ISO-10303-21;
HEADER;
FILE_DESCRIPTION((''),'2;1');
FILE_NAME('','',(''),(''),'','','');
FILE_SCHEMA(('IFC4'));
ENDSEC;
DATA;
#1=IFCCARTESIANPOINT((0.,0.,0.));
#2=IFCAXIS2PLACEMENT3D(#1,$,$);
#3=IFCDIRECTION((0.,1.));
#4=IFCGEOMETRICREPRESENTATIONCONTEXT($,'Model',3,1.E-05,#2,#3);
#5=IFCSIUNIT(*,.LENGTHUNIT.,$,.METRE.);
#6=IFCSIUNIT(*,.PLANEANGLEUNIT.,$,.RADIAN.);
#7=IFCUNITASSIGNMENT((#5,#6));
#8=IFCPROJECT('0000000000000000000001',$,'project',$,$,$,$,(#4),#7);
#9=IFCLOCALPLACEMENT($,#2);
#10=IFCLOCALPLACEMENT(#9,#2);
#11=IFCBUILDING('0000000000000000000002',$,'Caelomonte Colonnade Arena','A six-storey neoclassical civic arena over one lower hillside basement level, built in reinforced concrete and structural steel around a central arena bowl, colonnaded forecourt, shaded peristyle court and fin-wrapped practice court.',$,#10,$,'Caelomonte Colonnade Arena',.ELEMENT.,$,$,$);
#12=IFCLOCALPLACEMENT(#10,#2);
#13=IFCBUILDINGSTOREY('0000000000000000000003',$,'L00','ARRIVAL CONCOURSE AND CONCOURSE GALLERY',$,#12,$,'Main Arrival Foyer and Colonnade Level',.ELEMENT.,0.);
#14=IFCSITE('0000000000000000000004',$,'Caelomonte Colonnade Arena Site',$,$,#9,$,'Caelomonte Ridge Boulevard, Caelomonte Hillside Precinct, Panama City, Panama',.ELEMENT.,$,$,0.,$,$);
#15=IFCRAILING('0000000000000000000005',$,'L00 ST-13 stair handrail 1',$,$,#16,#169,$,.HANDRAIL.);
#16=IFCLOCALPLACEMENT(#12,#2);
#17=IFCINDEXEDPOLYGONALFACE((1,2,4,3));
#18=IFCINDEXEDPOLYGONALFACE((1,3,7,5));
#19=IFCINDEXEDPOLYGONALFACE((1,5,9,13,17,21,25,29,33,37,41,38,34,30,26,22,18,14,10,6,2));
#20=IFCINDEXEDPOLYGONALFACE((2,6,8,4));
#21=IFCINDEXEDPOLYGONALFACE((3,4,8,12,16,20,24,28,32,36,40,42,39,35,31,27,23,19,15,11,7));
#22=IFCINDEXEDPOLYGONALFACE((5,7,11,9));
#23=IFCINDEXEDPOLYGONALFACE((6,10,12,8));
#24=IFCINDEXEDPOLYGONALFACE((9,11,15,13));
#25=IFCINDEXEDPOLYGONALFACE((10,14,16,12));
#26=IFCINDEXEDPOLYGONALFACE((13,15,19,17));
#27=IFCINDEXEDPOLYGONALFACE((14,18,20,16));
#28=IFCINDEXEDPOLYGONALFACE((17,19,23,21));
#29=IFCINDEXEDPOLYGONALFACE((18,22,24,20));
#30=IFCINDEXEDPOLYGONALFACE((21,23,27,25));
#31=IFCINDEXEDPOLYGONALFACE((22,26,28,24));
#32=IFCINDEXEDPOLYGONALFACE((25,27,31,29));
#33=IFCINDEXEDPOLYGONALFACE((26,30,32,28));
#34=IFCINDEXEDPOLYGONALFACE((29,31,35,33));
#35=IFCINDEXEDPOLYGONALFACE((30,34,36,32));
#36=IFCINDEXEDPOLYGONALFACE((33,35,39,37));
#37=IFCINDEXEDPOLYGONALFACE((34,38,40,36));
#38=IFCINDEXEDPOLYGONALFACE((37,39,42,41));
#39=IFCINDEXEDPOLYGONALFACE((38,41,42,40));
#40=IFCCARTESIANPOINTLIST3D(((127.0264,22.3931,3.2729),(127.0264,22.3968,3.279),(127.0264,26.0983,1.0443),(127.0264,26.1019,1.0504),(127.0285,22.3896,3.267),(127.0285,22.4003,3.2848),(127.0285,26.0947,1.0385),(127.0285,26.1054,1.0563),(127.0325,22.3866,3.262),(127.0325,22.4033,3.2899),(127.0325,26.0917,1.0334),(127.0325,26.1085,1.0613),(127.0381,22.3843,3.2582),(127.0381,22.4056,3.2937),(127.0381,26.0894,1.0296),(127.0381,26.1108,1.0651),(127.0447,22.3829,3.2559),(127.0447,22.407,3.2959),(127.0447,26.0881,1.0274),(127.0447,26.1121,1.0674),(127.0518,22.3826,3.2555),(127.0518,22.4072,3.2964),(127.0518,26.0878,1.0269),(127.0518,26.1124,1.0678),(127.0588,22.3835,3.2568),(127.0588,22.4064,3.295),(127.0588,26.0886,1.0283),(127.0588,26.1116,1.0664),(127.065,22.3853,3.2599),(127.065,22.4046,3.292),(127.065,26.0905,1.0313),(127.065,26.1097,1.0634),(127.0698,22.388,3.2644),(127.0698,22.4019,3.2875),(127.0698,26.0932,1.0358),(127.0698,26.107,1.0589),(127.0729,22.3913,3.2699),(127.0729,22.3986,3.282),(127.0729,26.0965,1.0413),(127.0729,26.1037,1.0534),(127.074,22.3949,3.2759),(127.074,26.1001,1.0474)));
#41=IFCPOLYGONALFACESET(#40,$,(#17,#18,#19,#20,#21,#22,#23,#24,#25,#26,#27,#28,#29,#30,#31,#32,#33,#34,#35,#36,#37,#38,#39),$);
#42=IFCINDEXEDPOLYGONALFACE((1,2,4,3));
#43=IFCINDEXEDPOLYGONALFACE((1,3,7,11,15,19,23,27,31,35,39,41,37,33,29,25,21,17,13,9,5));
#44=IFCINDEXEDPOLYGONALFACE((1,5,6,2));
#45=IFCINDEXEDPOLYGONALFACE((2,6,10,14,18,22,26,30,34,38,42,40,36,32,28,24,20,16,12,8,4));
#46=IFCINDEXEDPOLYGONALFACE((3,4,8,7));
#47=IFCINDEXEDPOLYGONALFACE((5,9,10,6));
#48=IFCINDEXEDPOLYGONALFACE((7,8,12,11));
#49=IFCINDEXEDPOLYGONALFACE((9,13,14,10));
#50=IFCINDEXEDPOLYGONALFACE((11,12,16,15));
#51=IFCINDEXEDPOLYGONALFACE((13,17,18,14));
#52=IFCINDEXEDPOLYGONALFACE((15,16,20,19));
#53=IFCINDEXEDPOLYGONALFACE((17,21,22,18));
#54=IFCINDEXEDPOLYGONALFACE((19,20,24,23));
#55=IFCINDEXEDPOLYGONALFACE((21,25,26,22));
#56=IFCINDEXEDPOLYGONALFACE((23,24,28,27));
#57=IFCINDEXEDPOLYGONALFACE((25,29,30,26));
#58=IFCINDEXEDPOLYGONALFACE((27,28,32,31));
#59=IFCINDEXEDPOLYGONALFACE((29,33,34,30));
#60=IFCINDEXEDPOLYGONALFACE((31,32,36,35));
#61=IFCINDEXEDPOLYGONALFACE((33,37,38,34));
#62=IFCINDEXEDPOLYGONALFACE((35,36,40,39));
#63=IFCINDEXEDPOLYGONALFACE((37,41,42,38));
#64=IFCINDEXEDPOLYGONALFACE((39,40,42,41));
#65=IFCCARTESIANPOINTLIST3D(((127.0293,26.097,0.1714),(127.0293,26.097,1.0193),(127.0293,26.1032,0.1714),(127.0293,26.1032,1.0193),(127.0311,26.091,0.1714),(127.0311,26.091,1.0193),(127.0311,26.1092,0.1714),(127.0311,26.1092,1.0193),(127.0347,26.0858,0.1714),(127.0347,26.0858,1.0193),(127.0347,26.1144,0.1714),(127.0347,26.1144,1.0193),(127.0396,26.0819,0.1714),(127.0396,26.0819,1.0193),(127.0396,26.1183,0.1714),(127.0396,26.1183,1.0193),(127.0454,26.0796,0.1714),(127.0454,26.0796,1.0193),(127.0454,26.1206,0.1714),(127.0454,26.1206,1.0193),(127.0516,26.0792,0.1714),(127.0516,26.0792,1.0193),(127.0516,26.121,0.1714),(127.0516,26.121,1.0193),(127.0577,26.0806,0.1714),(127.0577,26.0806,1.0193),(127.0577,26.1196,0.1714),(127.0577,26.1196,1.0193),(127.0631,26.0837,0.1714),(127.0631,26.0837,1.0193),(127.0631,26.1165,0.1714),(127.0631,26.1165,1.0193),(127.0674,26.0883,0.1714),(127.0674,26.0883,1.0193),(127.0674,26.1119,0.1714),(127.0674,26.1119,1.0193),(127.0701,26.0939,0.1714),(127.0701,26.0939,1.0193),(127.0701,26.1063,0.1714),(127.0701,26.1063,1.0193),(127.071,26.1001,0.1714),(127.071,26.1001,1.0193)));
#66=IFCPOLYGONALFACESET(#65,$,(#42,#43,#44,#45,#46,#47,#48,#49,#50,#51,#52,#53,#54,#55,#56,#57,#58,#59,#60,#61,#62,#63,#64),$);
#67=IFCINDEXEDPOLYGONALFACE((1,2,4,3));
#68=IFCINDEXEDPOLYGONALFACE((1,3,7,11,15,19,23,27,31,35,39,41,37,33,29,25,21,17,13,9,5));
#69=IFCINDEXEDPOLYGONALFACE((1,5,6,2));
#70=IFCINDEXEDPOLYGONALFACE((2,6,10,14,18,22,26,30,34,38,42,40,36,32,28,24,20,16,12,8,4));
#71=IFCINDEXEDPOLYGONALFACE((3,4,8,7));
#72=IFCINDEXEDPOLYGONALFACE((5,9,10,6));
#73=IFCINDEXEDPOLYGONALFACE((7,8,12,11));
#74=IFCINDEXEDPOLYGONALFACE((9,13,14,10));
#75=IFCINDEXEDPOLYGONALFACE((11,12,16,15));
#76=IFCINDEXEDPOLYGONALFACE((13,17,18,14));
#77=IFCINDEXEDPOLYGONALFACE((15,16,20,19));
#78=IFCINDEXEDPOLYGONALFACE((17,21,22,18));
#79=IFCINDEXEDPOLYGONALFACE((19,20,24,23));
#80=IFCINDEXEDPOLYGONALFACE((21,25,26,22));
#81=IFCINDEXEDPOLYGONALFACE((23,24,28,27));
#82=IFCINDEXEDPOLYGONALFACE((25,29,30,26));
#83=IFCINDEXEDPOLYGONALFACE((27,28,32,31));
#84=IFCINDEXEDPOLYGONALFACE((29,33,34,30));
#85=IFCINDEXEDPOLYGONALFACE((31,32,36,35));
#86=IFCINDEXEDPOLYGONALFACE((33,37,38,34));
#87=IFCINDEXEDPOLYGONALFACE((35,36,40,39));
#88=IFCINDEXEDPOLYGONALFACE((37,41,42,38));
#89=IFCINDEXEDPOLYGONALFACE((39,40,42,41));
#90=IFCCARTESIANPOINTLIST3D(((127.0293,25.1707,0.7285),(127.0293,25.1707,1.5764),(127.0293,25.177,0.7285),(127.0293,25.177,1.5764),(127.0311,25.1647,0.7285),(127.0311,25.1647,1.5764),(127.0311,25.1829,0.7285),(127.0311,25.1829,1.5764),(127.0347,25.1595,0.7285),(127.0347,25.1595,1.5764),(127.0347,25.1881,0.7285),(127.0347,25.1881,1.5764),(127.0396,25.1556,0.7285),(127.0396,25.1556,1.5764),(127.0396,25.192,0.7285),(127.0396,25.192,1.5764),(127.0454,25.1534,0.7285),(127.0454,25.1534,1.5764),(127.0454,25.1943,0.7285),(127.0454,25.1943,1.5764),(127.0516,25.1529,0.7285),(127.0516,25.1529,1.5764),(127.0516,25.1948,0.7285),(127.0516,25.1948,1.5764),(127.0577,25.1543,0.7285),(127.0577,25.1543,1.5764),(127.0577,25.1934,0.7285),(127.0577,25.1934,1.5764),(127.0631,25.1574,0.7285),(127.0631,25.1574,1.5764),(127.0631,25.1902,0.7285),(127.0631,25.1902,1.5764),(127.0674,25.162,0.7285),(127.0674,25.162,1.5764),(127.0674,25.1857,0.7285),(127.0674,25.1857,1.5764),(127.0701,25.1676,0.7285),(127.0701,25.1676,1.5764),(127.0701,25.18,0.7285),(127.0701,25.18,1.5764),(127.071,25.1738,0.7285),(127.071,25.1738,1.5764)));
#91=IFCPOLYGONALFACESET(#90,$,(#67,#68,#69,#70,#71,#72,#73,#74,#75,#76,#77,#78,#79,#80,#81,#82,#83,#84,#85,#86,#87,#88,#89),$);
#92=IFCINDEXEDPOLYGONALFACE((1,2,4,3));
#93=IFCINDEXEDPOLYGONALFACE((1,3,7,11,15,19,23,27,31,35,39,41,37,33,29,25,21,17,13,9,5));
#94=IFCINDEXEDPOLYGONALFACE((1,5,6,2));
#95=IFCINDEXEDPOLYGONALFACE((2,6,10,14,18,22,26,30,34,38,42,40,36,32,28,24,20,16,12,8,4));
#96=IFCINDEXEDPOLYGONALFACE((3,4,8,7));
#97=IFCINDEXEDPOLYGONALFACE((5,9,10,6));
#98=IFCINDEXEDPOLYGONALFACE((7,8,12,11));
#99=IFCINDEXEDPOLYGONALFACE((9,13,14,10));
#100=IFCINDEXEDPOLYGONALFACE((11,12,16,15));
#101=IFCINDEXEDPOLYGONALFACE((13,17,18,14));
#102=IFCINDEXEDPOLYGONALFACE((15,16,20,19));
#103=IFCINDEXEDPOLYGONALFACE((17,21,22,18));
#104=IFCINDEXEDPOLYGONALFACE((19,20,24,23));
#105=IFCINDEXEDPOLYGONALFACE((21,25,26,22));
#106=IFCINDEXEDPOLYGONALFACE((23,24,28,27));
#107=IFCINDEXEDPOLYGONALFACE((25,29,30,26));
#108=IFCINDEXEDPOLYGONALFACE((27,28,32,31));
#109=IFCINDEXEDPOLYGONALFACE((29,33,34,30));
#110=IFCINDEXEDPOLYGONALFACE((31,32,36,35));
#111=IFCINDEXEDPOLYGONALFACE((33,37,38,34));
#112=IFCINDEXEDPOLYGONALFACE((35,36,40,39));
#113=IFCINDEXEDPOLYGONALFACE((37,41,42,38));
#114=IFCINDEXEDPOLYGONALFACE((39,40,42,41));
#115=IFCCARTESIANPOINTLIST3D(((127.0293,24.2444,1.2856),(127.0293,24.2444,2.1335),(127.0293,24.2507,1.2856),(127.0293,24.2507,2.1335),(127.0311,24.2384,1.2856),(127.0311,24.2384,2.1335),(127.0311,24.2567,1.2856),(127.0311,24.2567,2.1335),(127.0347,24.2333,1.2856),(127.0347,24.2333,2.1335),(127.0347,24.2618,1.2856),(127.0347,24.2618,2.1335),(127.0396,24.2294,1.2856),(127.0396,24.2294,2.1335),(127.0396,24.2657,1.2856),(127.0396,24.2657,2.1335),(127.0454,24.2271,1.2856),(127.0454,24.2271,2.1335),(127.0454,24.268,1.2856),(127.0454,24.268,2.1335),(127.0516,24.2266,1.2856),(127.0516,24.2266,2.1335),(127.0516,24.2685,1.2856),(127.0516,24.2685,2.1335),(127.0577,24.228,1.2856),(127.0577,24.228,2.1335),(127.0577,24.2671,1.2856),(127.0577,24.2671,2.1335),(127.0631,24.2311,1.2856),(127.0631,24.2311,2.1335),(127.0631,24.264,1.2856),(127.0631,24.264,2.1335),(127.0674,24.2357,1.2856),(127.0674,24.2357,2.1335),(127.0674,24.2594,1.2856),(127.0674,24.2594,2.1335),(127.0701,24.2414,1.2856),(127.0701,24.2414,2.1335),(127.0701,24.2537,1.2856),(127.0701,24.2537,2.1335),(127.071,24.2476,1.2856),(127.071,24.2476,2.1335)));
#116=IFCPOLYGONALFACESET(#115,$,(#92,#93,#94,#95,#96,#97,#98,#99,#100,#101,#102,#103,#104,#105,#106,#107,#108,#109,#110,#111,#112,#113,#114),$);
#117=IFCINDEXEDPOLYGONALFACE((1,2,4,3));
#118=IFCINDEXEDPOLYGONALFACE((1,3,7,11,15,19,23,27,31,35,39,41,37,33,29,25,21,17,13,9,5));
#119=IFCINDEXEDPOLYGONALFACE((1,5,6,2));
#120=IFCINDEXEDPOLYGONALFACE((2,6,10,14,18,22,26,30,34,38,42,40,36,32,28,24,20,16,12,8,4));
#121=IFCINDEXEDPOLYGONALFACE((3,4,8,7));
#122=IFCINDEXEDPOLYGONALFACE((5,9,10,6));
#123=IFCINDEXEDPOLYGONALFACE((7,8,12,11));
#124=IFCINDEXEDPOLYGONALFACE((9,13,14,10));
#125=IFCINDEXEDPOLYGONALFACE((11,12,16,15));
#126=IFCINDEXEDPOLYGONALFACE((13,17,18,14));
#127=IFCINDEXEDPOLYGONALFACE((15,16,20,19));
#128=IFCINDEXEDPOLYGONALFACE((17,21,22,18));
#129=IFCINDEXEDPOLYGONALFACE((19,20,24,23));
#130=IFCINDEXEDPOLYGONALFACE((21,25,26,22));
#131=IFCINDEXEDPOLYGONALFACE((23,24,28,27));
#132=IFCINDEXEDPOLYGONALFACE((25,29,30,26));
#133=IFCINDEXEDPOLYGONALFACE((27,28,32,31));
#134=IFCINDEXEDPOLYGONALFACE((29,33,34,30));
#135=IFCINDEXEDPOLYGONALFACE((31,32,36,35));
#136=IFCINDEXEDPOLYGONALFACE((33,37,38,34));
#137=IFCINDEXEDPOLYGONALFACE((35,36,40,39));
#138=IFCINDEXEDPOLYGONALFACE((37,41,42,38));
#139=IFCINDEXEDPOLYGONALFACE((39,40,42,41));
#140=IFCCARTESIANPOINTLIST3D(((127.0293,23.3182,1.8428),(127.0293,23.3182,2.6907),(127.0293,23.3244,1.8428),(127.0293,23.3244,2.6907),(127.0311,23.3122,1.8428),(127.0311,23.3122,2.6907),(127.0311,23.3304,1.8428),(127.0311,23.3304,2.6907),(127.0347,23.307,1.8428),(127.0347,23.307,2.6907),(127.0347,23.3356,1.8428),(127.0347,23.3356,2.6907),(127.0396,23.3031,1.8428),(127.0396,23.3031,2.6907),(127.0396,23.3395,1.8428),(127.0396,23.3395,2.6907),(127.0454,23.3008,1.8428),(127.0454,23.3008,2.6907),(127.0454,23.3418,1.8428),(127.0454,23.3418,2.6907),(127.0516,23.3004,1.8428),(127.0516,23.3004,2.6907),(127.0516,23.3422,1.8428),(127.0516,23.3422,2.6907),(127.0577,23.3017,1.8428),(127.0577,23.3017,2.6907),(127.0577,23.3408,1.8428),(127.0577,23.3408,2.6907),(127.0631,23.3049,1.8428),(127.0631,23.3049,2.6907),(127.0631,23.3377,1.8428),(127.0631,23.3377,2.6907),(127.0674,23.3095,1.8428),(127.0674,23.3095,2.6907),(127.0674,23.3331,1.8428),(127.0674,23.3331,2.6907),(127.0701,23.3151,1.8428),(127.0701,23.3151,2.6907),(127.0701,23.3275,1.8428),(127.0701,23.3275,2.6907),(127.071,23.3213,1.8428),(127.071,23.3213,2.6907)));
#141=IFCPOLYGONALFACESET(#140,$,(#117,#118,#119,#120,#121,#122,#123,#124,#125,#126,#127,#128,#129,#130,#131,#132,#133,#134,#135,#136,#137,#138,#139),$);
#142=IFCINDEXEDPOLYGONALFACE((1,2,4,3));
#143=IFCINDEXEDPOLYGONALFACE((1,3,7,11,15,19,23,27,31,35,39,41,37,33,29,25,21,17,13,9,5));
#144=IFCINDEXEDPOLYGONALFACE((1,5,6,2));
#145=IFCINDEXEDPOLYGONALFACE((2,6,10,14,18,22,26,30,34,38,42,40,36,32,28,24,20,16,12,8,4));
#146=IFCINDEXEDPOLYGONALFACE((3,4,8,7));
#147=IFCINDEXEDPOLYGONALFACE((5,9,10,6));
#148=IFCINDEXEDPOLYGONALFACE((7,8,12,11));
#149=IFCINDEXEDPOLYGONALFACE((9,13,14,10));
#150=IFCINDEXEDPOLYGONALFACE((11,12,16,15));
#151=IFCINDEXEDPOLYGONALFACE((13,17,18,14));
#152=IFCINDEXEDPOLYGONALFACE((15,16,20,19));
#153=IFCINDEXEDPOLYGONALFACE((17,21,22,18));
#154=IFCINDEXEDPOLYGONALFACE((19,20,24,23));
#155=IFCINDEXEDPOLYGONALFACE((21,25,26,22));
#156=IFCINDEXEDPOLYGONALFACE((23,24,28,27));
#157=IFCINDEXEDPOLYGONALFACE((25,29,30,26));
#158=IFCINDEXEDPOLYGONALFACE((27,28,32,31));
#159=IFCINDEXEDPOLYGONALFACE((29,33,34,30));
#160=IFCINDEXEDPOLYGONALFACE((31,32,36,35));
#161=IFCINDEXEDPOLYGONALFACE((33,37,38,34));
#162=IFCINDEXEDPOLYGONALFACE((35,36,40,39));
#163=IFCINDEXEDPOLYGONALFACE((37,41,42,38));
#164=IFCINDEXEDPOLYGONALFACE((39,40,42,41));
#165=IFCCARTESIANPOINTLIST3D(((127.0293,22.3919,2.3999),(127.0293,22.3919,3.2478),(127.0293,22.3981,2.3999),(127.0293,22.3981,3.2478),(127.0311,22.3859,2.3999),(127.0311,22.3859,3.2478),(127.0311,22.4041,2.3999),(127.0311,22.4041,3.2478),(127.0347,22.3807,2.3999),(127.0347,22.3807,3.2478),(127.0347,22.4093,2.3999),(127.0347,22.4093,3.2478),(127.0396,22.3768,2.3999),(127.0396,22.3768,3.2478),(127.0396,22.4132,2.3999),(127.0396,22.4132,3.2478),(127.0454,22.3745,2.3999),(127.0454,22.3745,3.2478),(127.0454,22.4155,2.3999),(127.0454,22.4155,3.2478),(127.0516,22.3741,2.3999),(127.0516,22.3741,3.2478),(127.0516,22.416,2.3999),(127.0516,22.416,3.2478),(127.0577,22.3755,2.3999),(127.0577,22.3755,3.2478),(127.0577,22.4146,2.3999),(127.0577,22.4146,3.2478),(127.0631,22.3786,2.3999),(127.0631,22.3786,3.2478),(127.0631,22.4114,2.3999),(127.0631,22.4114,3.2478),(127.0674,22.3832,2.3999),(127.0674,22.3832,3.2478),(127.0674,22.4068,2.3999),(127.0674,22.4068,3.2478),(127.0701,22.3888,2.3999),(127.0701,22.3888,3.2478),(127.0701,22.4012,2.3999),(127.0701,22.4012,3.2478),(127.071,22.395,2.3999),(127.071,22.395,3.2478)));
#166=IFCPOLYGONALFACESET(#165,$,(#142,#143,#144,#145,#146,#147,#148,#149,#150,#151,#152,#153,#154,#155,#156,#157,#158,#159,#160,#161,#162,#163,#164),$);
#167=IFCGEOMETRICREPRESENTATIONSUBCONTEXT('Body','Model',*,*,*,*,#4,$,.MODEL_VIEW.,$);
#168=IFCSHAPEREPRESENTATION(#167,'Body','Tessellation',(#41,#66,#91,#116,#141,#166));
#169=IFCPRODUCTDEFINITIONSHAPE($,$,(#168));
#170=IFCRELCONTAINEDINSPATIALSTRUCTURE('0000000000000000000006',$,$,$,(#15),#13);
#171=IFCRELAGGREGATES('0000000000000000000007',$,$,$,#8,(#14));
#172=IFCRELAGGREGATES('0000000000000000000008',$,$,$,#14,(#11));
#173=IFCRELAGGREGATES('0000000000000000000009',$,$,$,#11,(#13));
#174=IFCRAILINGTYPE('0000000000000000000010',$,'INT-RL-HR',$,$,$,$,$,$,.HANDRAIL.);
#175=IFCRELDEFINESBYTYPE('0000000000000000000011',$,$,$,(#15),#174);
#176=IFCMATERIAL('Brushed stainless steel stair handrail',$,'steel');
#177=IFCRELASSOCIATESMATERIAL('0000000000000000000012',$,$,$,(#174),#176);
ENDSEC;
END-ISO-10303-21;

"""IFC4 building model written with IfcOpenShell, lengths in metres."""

from ifc_helpers import new_model, si_unit, direction, frame, origin, origin_2d, place, context, subcontext, project, spatial, circle, extrude, material, type_object, element, save


model = new_model("IFC4")

# Units and contexts
model_context = context("Model", 3, precision=1e-05, world=origin(), true_north=direction((0.0, 1.0)))
body_context = subcontext(model_context, "Body", "Model", "MODEL_VIEW")
ifc_project = project(units=[si_unit("LENGTHUNIT", "METRE"), si_unit("PLANEANGLEUNIT", "RADIAN")], contexts=[model_context])

# Site, building, storey
site_placement = place(None, origin())
site = spatial("IfcSite", under=ifc_project, at=site_placement, Name="Caelomonte Colonnade Arena Site", LongName="Caelomonte Ridge Boulevard, Caelomonte Hillside Precinct, Panama City, Panama", CompositionType="ELEMENT", RefElevation=0.0)
building_placement = place(site_placement, origin())
building = spatial("IfcBuilding", under=site, at=building_placement, Name="Caelomonte Colonnade Arena", Description="A six-storey neoclassical civic arena over one lower hillside basement level, built in reinforced concrete and structural steel around a central arena bowl, colonnaded forecourt, shaded peristyle court and fin-wrapped practice court.", LongName="Caelomonte Colonnade Arena", CompositionType="ELEMENT")
storey_placement = place(building_placement, origin())
storey = spatial("IfcBuildingStorey", under=building, at=storey_placement, Name="L00", Description="ARRIVAL CONCOURSE AND CONCOURSE GALLERY", LongName="Main Arrival Foyer and Colonnade Level", CompositionType="ELEMENT", Elevation=0.0)

# Railing
ifc_material_1 = material(Name="Brushed stainless steel stair handrail", Category="steel")
railing_type_1 = type_object("IfcRailingType", Name="INT-RL-HR", PredefinedType="HANDRAIL", material=ifc_material_1)
railing_1_placement = place(storey_placement, frame((127.05, 26.1001, 0.1714)))
element("IfcRailing", 1, at=railing_1_placement, inside=storey, type_object=railing_type_1, Name="L00 ST-13 stair handrail 1", PredefinedType="HANDRAIL", context=body_context, shape_type="SweptSolid", body=[
    extrude(circle(Radius=0.0239, at=origin_2d()), frame((0.0, 0.0, 0.876), z_axis=(0.0, -0.856934, 0.515425), x_axis=(1.0, 0.0, 0.0)), (0.0, 0.0, 1.0), 4.3237),
    extrude(circle(Radius=0.021, at=origin_2d()), origin(), (0.0, 0.0, 1.0), 0.8479),
    extrude(circle(Radius=0.021, at=origin_2d()), frame((0.0, -0.9263, 0.5571)), (0.0, 0.0, 1.0), 0.8479),
    extrude(circle(Radius=0.021, at=origin_2d()), frame((0.0, -1.8525, 1.1143)), (0.0, 0.0, 1.0), 0.8479),
    extrude(circle(Radius=0.021, at=origin_2d()), frame((0.0, -2.7788, 1.6714)), (0.0, 0.0, 1.0), 0.8479),
    extrude(circle(Radius=0.021, at=origin_2d()), frame((0.0, -3.7051, 2.2285)), (0.0, 0.0, 1.0), 0.8479),
])

save(model, "model.ifc")
